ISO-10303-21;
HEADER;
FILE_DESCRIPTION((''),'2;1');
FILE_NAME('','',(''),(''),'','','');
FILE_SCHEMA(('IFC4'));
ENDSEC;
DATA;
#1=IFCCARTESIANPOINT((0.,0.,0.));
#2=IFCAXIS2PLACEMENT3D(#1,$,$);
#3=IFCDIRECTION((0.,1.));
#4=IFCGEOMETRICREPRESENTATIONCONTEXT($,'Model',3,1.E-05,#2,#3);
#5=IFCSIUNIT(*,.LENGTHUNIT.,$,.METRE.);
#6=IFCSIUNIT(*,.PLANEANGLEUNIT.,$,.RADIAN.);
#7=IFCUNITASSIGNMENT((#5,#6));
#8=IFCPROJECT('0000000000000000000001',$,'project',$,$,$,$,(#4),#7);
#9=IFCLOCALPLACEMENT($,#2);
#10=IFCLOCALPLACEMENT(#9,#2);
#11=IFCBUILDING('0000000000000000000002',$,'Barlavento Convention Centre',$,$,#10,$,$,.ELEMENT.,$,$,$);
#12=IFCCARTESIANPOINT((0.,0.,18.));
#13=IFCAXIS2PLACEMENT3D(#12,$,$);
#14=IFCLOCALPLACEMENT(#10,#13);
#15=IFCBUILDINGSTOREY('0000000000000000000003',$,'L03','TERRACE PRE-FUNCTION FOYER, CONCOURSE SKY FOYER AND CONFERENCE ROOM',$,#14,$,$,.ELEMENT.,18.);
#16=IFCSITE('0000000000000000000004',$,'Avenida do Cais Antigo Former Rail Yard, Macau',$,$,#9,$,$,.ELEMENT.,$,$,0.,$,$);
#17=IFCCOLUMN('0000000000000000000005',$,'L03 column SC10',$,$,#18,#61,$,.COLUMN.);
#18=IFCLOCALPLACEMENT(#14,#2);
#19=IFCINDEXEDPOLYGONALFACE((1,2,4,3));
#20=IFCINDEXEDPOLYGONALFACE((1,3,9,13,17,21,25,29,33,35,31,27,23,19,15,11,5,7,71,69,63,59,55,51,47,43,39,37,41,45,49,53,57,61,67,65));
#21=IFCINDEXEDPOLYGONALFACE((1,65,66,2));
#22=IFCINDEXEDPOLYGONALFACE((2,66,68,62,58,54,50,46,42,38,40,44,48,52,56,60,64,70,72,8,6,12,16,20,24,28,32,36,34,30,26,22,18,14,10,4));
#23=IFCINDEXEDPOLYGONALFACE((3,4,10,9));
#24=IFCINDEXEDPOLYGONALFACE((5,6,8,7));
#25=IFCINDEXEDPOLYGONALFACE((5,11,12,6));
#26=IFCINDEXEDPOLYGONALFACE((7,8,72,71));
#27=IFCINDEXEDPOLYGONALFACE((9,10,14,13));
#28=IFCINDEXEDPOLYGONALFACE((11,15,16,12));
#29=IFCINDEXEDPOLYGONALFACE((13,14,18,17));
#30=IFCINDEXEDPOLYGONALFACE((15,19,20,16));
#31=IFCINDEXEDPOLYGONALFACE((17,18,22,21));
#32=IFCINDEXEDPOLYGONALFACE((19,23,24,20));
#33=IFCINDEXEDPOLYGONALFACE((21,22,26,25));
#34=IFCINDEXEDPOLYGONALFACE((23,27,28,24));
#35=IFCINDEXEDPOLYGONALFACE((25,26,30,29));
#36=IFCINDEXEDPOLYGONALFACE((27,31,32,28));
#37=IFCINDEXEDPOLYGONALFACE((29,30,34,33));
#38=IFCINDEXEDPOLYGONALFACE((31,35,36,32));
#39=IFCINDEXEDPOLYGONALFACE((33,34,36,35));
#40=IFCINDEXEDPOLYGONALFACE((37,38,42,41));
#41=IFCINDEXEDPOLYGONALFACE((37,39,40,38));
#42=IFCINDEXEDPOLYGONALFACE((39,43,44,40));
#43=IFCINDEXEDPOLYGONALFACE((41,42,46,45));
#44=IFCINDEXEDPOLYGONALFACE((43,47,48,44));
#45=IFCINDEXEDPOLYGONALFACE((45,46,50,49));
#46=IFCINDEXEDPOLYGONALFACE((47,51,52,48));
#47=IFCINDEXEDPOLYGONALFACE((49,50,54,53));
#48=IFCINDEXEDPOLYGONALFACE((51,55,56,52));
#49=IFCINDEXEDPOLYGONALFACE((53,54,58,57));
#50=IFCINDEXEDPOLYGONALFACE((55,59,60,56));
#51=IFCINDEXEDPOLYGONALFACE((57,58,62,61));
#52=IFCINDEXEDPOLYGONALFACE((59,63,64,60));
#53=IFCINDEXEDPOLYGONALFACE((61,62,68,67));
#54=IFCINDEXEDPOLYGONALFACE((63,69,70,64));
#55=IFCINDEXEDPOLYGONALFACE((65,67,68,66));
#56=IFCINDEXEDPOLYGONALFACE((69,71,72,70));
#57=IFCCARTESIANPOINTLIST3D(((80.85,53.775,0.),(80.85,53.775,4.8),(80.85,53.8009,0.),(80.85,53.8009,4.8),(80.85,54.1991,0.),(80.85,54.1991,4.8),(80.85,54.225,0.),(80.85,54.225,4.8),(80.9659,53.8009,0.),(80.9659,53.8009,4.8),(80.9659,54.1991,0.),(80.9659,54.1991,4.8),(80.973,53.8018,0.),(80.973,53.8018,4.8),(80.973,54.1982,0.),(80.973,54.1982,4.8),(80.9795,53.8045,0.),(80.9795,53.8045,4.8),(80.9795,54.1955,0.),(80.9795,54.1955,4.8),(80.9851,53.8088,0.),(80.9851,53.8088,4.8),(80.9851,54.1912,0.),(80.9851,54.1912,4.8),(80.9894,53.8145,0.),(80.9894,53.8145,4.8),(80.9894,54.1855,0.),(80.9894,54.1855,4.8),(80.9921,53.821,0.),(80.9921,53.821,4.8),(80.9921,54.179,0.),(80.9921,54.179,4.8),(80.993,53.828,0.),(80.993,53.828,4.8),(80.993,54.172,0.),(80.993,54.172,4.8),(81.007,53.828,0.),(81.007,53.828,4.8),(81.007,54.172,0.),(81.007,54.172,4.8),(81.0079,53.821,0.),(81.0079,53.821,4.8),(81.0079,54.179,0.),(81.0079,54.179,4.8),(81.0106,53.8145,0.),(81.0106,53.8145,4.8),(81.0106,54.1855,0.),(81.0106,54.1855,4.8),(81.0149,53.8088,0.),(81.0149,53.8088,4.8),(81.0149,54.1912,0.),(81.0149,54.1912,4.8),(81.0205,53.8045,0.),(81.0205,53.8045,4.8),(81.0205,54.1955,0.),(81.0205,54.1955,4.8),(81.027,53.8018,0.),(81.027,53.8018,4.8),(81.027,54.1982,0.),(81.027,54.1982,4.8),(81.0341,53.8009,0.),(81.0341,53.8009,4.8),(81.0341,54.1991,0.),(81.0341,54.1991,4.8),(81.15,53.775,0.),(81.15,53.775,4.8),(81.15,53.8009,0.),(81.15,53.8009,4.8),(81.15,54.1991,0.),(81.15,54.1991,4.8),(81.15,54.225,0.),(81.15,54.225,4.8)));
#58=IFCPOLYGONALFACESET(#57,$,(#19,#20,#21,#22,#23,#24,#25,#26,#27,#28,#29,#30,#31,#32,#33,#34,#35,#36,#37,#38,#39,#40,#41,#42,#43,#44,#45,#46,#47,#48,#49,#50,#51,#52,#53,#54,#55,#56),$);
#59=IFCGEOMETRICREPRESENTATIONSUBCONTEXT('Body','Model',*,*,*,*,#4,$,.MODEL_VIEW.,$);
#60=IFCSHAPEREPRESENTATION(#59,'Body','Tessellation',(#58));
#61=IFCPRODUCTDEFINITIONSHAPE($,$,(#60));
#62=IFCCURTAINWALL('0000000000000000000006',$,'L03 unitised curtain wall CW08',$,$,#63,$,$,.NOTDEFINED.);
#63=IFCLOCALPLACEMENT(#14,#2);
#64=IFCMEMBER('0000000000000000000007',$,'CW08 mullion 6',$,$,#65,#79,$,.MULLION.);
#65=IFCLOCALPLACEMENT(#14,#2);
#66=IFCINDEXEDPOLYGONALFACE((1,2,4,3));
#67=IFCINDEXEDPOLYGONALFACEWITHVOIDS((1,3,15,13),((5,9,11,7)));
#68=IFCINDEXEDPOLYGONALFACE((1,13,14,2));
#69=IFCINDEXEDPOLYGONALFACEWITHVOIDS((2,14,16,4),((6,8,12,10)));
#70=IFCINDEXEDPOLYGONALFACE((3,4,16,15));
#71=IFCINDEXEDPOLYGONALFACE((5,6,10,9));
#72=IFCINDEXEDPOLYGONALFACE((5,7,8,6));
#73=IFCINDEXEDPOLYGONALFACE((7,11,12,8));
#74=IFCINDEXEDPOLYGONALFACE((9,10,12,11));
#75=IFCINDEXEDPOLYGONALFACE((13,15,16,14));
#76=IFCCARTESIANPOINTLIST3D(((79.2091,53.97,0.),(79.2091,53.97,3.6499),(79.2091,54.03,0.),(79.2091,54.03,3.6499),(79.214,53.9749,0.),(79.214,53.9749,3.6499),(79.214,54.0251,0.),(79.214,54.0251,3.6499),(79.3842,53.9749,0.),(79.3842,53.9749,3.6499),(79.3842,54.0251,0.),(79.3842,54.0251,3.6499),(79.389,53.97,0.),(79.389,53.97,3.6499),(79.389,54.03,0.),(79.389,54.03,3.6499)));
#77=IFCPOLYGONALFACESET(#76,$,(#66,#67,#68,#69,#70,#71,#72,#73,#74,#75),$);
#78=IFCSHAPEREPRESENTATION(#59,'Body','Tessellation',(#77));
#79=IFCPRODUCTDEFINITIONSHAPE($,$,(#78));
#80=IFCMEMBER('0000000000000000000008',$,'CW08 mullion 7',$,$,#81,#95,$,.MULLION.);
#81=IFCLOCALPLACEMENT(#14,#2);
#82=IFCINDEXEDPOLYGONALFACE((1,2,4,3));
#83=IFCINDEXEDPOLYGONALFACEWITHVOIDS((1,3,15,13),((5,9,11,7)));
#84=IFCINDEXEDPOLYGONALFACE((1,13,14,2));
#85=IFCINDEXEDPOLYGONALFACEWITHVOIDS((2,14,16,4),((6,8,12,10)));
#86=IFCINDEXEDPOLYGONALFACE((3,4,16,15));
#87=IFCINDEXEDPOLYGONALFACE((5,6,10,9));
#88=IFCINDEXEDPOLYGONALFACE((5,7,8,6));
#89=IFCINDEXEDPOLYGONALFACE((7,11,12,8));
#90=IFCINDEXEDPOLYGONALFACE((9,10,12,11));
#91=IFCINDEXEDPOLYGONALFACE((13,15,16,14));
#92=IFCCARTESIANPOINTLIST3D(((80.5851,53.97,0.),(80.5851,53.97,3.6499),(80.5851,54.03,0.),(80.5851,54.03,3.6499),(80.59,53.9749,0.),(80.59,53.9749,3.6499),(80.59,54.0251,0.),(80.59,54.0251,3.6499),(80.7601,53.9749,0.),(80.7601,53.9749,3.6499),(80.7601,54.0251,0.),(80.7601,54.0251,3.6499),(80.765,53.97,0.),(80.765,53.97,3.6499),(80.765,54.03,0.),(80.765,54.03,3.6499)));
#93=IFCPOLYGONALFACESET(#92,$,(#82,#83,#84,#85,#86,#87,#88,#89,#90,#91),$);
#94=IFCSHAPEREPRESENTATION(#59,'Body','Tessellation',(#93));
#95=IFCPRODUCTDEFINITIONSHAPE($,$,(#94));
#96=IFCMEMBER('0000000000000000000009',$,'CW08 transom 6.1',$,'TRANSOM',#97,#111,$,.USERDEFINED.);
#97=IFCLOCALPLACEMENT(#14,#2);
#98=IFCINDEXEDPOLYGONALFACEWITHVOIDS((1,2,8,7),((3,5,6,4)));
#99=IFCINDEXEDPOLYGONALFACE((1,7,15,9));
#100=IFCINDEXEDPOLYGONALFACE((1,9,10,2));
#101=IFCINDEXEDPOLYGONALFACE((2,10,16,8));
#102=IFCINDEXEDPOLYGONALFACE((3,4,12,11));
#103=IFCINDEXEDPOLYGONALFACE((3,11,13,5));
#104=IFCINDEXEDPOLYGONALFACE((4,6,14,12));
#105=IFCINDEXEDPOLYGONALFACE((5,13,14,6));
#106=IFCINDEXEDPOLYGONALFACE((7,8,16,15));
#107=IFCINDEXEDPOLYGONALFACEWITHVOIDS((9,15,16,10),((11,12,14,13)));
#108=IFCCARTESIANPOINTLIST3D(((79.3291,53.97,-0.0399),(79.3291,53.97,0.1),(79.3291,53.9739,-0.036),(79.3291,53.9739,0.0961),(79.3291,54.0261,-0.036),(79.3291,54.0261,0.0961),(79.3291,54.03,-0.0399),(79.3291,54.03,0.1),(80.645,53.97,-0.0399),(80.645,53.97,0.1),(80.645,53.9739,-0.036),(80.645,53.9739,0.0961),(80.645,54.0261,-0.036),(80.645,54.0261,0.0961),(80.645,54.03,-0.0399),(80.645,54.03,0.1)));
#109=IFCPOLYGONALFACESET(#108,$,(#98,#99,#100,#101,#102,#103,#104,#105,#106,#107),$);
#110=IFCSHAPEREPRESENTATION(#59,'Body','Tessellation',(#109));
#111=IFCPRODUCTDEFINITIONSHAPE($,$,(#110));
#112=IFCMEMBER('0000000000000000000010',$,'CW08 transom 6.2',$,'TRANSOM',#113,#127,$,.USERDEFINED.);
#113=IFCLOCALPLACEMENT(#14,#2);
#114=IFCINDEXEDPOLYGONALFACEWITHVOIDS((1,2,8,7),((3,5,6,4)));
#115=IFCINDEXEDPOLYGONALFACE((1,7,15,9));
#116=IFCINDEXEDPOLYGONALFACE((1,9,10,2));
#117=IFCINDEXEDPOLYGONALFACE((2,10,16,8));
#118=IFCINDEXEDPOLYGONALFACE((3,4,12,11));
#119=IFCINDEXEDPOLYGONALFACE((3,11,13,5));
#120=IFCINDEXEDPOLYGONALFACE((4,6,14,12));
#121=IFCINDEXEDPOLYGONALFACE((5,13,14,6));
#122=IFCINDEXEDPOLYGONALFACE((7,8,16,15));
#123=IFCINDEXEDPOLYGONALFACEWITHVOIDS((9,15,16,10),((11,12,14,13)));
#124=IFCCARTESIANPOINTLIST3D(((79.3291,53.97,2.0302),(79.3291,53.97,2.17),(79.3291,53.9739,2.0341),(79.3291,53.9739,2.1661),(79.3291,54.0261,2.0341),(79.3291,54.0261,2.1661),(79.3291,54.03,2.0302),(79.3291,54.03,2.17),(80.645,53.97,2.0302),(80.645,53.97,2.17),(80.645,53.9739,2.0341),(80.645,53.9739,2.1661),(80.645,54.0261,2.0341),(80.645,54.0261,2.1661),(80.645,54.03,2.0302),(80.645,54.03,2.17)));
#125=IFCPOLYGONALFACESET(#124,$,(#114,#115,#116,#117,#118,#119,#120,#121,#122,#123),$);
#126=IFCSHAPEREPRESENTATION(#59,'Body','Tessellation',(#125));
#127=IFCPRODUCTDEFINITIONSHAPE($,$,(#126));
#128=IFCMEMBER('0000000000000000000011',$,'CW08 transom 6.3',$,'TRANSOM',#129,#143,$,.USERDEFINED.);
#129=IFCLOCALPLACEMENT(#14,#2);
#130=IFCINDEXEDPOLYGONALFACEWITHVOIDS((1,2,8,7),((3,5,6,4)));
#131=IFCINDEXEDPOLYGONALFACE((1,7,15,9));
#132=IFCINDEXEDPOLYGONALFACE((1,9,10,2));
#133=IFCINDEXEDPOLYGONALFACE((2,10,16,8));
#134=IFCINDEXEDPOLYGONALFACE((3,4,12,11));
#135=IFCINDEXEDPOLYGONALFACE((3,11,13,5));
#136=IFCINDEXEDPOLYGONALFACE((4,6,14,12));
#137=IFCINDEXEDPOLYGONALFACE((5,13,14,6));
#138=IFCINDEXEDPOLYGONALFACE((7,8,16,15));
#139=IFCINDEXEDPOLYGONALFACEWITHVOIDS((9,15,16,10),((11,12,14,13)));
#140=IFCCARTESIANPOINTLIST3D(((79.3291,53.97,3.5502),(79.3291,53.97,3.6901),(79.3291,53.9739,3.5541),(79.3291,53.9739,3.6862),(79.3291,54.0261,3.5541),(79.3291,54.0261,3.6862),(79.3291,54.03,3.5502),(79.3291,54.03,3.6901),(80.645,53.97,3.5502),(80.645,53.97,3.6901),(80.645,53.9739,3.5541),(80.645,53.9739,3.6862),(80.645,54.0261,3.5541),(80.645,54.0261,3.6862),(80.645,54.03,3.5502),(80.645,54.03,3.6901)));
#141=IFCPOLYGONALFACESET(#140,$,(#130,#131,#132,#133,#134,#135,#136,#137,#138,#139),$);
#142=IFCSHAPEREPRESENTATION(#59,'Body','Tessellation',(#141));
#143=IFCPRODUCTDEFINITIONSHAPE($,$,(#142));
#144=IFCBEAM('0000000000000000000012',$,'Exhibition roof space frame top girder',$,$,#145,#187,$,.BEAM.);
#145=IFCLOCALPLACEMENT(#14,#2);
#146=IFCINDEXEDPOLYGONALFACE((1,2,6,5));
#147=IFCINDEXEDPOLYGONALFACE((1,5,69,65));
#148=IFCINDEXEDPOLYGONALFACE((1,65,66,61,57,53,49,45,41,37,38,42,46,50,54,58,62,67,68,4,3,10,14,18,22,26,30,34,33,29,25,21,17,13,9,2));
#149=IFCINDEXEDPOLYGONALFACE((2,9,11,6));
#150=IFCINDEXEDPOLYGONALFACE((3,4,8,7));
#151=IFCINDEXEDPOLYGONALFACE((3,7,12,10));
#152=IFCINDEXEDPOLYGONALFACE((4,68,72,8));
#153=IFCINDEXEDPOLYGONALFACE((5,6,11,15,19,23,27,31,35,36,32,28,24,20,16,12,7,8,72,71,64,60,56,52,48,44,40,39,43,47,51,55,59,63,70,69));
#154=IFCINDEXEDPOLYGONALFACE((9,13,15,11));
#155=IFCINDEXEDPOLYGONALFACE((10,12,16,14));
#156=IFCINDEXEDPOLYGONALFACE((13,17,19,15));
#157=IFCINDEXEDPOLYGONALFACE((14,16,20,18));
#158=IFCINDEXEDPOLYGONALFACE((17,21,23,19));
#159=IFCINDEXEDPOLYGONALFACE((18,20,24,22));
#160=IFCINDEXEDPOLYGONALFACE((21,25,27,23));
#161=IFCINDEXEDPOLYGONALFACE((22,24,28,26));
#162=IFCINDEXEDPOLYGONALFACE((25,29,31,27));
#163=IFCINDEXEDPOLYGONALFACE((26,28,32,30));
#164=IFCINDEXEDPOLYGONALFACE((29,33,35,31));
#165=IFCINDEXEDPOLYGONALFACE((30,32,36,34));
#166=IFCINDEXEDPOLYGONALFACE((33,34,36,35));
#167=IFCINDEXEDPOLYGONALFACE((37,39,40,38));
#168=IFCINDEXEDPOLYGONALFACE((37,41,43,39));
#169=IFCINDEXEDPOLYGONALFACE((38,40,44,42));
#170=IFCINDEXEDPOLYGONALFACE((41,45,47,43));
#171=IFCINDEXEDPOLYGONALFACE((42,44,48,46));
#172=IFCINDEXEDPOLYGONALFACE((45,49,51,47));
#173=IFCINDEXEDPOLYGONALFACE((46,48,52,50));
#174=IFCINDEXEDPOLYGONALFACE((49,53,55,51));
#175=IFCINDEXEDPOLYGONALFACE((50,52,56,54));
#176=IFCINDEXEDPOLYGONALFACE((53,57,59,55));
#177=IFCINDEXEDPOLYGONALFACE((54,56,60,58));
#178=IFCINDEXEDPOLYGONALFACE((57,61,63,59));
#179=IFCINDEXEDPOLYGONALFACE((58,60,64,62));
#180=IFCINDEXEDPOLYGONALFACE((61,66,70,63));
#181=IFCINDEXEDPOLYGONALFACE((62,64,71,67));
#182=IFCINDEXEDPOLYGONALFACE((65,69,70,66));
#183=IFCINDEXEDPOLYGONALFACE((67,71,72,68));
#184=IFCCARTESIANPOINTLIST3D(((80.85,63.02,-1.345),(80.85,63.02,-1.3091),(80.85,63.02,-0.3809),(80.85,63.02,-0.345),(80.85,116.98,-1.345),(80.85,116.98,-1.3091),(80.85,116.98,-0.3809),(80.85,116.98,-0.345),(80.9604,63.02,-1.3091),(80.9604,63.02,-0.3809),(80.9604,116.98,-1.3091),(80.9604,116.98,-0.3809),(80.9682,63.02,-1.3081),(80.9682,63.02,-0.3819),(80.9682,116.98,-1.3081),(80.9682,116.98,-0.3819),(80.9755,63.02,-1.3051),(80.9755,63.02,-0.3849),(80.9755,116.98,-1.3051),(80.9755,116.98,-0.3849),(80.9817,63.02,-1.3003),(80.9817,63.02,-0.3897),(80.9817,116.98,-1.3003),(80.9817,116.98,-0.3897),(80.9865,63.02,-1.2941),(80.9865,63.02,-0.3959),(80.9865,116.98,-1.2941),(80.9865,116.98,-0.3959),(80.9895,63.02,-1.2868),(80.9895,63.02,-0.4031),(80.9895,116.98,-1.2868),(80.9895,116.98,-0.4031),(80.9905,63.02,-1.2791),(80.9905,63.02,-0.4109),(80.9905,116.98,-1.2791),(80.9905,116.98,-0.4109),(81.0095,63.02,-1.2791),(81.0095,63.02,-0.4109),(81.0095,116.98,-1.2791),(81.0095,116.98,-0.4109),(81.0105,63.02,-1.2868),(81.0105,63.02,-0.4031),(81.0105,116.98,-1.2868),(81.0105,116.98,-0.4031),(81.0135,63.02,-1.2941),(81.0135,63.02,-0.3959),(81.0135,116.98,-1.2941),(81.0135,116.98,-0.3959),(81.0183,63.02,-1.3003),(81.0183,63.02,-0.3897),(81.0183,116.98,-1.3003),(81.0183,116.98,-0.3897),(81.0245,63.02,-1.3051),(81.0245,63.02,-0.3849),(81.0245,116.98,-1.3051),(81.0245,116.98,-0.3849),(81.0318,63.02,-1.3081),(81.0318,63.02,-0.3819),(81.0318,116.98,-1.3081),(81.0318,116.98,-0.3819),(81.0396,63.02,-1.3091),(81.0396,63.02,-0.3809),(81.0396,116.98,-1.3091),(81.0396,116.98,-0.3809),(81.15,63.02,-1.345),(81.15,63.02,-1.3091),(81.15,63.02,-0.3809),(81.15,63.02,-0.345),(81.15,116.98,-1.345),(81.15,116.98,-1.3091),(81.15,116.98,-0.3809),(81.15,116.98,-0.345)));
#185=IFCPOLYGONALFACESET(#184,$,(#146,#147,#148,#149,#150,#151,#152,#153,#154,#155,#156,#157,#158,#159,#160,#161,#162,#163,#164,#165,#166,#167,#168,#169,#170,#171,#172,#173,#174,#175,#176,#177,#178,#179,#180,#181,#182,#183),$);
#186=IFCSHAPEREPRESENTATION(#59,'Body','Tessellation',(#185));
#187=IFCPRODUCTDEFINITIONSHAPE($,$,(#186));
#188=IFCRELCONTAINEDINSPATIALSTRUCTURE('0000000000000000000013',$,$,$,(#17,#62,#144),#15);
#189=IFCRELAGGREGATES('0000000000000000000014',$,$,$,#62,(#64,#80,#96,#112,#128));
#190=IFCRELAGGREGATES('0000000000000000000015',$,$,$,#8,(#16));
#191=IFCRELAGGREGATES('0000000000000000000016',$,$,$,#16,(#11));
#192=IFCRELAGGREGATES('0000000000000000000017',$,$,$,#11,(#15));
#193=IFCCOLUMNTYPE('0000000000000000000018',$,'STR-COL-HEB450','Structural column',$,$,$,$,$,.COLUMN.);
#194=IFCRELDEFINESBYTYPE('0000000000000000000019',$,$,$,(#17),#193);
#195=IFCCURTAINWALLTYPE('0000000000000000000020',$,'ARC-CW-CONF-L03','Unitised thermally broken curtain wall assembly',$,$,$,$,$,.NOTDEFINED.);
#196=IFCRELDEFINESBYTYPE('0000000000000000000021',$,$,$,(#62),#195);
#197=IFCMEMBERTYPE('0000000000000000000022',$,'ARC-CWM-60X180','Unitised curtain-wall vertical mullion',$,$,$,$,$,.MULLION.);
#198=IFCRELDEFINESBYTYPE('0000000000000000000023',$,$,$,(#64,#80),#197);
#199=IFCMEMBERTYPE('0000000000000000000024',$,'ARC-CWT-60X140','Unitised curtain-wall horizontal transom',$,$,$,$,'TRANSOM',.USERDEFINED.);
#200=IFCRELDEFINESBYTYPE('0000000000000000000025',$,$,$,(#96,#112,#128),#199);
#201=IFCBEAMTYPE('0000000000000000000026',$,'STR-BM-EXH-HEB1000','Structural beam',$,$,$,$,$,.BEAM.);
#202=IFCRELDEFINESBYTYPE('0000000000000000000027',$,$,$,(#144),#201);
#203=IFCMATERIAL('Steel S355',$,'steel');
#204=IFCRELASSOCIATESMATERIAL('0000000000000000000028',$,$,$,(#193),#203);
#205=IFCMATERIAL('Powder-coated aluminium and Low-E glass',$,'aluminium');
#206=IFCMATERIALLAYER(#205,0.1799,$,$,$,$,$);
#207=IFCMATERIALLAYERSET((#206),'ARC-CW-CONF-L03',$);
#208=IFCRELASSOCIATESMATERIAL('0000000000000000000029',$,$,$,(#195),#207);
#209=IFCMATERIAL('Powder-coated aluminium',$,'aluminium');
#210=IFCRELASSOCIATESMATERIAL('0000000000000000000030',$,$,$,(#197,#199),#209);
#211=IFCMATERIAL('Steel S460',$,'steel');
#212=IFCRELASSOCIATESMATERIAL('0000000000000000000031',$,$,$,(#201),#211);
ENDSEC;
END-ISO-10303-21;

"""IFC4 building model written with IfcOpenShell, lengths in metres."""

from ifc_helpers import new_model, si_unit, direction, frame, origin, origin_2d, place, context, subcontext, project, spatial, hollow_rectangle, i_section, extrude, material, layer, layer_set, material_profile, profile_set, type_object, element, aggregate, save


model = new_model("IFC4")

# Units and contexts
model_context = context("Model", 3, precision=1e-05, world=origin(), true_north=direction((0.0, 1.0)))
body_context = subcontext(model_context, "Body", "Model", "MODEL_VIEW")
ifc_project = project(units=[si_unit("LENGTHUNIT", "METRE"), si_unit("PLANEANGLEUNIT", "RADIAN")], contexts=[model_context])

# Site, building, storey
site_placement = place(None, origin())
site = spatial("IfcSite", under=ifc_project, at=site_placement, Name="Avenida do Cais Antigo Former Rail Yard, Macau", CompositionType="ELEMENT", RefElevation=0.0)
building_placement = place(site_placement, origin())
building = spatial("IfcBuilding", under=site, at=building_placement, Name="Barlavento Convention Centre", CompositionType="ELEMENT")
storey_placement = place(building_placement, frame((0.0, 0.0, 18.0)))
storey = spatial("IfcBuildingStorey", under=building, at=storey_placement, Name="L03", Description="TERRACE PRE-FUNCTION FOYER, CONCOURSE SKY FOYER AND CONFERENCE ROOM", CompositionType="ELEMENT", Elevation=18.0)

# Column
ifc_material_1 = material(Name="Steel S355", Category="steel")
ifc_material_profile_1 = material_profile(ifc_material_1, i_section(OverallWidth=0.3, OverallDepth=0.45, WebThickness=0.0139, FlangeThickness=0.0259, FilletRadius=0.0271, at=origin_2d()), Name="HEB 450")
ifc_profile_set_1 = profile_set([ifc_material_profile_1], Name="Steel S355")
column_type = type_object("IfcColumnType", Name="STR-COL-HEB450", Description="Structural column", PredefinedType="COLUMN", material=ifc_profile_set_1)
column_placement = place(storey_placement, frame((81.0, 54.0, 0.0), z_axis=(0.0, 0.0, 1.0), x_axis=(1.0, 0.0, 0.0)))
element("IfcColumn", 1, at=column_placement, inside=storey, type_object=column_type, Name="L03 column SC10", PredefinedType="COLUMN", context=body_context, shape_type="SweptSolid", body=[
    extrude(i_section(OverallWidth=0.3, OverallDepth=0.45, WebThickness=0.0139, FlangeThickness=0.0259, FilletRadius=0.0271, at=origin_2d()), origin(), (0.0, 0.0, 1.0), 4.8),
])

# Curtain wall, members
ifc_material_2 = material(Name="Powder-coated aluminium and Low-E glass", Category="aluminium")
ifc_layer_1 = layer(ifc_material_2, 0.1799)
ifc_layer_set_1 = layer_set([ifc_layer_1], Name="ARC-CW-CONF-L03")
curtain_wall_type = type_object("IfcCurtainWallType", Name="ARC-CW-CONF-L03", Description="Unitised thermally broken curtain wall assembly", PredefinedType="NOTDEFINED", material=ifc_layer_set_1)
curtain_wall_placement = place(storey_placement, origin())
curtain_wall = element("IfcCurtainWall", 2, at=curtain_wall_placement, inside=storey, type_object=curtain_wall_type, Name="L03 unitised curtain wall CW08", PredefinedType="NOTDEFINED")
ifc_material_3 = material(Name="Powder-coated aluminium", Category="aluminium")
ifc_material_profile_2 = material_profile(ifc_material_3, hollow_rectangle(XDim=0.0601, YDim=0.1799, WallThickness=0.0049, at=origin_2d()), Name="AL-MULL 60x180x5")
ifc_profile_set_2 = profile_set([ifc_material_profile_2], Name="Powder-coated aluminium")
member_type_1 = type_object("IfcMemberType", Name="ARC-CWM-60X180", Description="Unitised curtain-wall vertical mullion", PredefinedType="MULLION", material=ifc_profile_set_2)
member_1_placement = place(storey_placement, frame((79.2991, 54.0, 0.0), z_axis=(0.0, 0.0, 1.0), x_axis=(0.0, 1.0, 0.0)))
member_1 = element("IfcMember", 3, at=member_1_placement, type_object=member_type_1, Name="CW08 mullion 6", PredefinedType="MULLION", context=body_context, shape_type="SweptSolid", body=[
    extrude(hollow_rectangle(XDim=0.0601, YDim=0.1799, WallThickness=0.0049, at=origin_2d()), origin(), (0.0, 0.0, 1.0), 3.6499),
])
member_2_placement = place(storey_placement, frame((80.675, 54.0, 0.0), z_axis=(0.0, 0.0, 1.0), x_axis=(0.0, 1.0, 0.0)))
member_2 = element("IfcMember", 4, at=member_2_placement, type_object=member_type_1, Name="CW08 mullion 7", PredefinedType="MULLION", context=body_context, shape_type="SweptSolid", body=[
    extrude(hollow_rectangle(XDim=0.0601, YDim=0.1799, WallThickness=0.0049, at=origin_2d()), origin(), (0.0, 0.0, 1.0), 3.6499),
])
ifc_material_profile_3 = material_profile(ifc_material_3, hollow_rectangle(XDim=0.0601, YDim=0.1399, WallThickness=0.0039, at=origin_2d()), Name="AL-TRAN 60x140x4")
ifc_profile_set_3 = profile_set([ifc_material_profile_3], Name="Powder-coated aluminium")
member_type_2 = type_object("IfcMemberType", Name="ARC-CWT-60X140", Description="Unitised curtain-wall horizontal transom", ElementType="TRANSOM", PredefinedType="USERDEFINED", material=ifc_profile_set_3)
member_3_placement = place(storey_placement, frame((79.3291, 54.0, 0.03), z_axis=(1.0, 0.0, 0.0), x_axis=(0.0, 1.0, 0.0)))
member_3 = element("IfcMember", 5, at=member_3_placement, type_object=member_type_2, Name="CW08 transom 6.1", ObjectType="TRANSOM", PredefinedType="USERDEFINED", context=body_context, shape_type="SweptSolid", body=[
    extrude(hollow_rectangle(XDim=0.0601, YDim=0.1399, WallThickness=0.0039, at=origin_2d()), origin(), (0.0, 0.0, 1.0), 1.3159),
])
member_4_placement = place(storey_placement, frame((79.3291, 54.0, 2.1001), z_axis=(1.0, 0.0, 0.0), x_axis=(0.0, 1.0, 0.0)))
member_4 = element("IfcMember", 6, at=member_4_placement, type_object=member_type_2, Name="CW08 transom 6.2", ObjectType="TRANSOM", PredefinedType="USERDEFINED", context=body_context, shape_type="SweptSolid", body=[
    extrude(hollow_rectangle(XDim=0.0601, YDim=0.1399, WallThickness=0.0039, at=origin_2d()), origin(), (0.0, 0.0, 1.0), 1.3159),
])
member_5_placement = place(storey_placement, frame((79.3291, 54.0, 3.6201), z_axis=(1.0, 0.0, 0.0), x_axis=(0.0, 1.0, 0.0)))
member_5 = element("IfcMember", 7, at=member_5_placement, type_object=member_type_2, Name="CW08 transom 6.3", ObjectType="TRANSOM", PredefinedType="USERDEFINED", context=body_context, shape_type="SweptSolid", body=[
    extrude(hollow_rectangle(XDim=0.0601, YDim=0.1399, WallThickness=0.0039, at=origin_2d()), origin(), (0.0, 0.0, 1.0), 1.3159),
])

# Beam
ifc_material_4 = material(Name="Steel S460", Category="steel")
ifc_material_profile_4 = material_profile(ifc_material_4, i_section(OverallWidth=0.3, OverallDepth=1.0, WebThickness=0.019, FlangeThickness=0.0359, FilletRadius=0.03, at=origin_2d()), Name="HEB 1000")
ifc_profile_set_4 = profile_set([ifc_material_profile_4], Name="Steel S460")
beam_type_1 = type_object("IfcBeamType", Name="STR-BM-EXH-HEB1000", Description="Structural beam", PredefinedType="BEAM", material=ifc_profile_set_4)
beam_1_placement = place(storey_placement, frame((81.0, 63.02, -0.845), z_axis=(0.0, 1.0, 0.0), x_axis=(-1.0, 0.0, 0.0)))
element("IfcBeam", 8, at=beam_1_placement, inside=storey, type_object=beam_type_1, Name="Exhibition roof space frame top girder", PredefinedType="BEAM", context=body_context, shape_type="SweptSolid", body=[
    extrude(i_section(OverallWidth=0.3, OverallDepth=1.0, WebThickness=0.019, FlangeThickness=0.0359, FilletRadius=0.03, at=origin_2d()), origin(), (0.0, 0.0, 1.0), 53.96),
])

aggregate(curtain_wall, [member_1, member_2, member_3, member_4, member_5])

save(model, "model.ifc")
